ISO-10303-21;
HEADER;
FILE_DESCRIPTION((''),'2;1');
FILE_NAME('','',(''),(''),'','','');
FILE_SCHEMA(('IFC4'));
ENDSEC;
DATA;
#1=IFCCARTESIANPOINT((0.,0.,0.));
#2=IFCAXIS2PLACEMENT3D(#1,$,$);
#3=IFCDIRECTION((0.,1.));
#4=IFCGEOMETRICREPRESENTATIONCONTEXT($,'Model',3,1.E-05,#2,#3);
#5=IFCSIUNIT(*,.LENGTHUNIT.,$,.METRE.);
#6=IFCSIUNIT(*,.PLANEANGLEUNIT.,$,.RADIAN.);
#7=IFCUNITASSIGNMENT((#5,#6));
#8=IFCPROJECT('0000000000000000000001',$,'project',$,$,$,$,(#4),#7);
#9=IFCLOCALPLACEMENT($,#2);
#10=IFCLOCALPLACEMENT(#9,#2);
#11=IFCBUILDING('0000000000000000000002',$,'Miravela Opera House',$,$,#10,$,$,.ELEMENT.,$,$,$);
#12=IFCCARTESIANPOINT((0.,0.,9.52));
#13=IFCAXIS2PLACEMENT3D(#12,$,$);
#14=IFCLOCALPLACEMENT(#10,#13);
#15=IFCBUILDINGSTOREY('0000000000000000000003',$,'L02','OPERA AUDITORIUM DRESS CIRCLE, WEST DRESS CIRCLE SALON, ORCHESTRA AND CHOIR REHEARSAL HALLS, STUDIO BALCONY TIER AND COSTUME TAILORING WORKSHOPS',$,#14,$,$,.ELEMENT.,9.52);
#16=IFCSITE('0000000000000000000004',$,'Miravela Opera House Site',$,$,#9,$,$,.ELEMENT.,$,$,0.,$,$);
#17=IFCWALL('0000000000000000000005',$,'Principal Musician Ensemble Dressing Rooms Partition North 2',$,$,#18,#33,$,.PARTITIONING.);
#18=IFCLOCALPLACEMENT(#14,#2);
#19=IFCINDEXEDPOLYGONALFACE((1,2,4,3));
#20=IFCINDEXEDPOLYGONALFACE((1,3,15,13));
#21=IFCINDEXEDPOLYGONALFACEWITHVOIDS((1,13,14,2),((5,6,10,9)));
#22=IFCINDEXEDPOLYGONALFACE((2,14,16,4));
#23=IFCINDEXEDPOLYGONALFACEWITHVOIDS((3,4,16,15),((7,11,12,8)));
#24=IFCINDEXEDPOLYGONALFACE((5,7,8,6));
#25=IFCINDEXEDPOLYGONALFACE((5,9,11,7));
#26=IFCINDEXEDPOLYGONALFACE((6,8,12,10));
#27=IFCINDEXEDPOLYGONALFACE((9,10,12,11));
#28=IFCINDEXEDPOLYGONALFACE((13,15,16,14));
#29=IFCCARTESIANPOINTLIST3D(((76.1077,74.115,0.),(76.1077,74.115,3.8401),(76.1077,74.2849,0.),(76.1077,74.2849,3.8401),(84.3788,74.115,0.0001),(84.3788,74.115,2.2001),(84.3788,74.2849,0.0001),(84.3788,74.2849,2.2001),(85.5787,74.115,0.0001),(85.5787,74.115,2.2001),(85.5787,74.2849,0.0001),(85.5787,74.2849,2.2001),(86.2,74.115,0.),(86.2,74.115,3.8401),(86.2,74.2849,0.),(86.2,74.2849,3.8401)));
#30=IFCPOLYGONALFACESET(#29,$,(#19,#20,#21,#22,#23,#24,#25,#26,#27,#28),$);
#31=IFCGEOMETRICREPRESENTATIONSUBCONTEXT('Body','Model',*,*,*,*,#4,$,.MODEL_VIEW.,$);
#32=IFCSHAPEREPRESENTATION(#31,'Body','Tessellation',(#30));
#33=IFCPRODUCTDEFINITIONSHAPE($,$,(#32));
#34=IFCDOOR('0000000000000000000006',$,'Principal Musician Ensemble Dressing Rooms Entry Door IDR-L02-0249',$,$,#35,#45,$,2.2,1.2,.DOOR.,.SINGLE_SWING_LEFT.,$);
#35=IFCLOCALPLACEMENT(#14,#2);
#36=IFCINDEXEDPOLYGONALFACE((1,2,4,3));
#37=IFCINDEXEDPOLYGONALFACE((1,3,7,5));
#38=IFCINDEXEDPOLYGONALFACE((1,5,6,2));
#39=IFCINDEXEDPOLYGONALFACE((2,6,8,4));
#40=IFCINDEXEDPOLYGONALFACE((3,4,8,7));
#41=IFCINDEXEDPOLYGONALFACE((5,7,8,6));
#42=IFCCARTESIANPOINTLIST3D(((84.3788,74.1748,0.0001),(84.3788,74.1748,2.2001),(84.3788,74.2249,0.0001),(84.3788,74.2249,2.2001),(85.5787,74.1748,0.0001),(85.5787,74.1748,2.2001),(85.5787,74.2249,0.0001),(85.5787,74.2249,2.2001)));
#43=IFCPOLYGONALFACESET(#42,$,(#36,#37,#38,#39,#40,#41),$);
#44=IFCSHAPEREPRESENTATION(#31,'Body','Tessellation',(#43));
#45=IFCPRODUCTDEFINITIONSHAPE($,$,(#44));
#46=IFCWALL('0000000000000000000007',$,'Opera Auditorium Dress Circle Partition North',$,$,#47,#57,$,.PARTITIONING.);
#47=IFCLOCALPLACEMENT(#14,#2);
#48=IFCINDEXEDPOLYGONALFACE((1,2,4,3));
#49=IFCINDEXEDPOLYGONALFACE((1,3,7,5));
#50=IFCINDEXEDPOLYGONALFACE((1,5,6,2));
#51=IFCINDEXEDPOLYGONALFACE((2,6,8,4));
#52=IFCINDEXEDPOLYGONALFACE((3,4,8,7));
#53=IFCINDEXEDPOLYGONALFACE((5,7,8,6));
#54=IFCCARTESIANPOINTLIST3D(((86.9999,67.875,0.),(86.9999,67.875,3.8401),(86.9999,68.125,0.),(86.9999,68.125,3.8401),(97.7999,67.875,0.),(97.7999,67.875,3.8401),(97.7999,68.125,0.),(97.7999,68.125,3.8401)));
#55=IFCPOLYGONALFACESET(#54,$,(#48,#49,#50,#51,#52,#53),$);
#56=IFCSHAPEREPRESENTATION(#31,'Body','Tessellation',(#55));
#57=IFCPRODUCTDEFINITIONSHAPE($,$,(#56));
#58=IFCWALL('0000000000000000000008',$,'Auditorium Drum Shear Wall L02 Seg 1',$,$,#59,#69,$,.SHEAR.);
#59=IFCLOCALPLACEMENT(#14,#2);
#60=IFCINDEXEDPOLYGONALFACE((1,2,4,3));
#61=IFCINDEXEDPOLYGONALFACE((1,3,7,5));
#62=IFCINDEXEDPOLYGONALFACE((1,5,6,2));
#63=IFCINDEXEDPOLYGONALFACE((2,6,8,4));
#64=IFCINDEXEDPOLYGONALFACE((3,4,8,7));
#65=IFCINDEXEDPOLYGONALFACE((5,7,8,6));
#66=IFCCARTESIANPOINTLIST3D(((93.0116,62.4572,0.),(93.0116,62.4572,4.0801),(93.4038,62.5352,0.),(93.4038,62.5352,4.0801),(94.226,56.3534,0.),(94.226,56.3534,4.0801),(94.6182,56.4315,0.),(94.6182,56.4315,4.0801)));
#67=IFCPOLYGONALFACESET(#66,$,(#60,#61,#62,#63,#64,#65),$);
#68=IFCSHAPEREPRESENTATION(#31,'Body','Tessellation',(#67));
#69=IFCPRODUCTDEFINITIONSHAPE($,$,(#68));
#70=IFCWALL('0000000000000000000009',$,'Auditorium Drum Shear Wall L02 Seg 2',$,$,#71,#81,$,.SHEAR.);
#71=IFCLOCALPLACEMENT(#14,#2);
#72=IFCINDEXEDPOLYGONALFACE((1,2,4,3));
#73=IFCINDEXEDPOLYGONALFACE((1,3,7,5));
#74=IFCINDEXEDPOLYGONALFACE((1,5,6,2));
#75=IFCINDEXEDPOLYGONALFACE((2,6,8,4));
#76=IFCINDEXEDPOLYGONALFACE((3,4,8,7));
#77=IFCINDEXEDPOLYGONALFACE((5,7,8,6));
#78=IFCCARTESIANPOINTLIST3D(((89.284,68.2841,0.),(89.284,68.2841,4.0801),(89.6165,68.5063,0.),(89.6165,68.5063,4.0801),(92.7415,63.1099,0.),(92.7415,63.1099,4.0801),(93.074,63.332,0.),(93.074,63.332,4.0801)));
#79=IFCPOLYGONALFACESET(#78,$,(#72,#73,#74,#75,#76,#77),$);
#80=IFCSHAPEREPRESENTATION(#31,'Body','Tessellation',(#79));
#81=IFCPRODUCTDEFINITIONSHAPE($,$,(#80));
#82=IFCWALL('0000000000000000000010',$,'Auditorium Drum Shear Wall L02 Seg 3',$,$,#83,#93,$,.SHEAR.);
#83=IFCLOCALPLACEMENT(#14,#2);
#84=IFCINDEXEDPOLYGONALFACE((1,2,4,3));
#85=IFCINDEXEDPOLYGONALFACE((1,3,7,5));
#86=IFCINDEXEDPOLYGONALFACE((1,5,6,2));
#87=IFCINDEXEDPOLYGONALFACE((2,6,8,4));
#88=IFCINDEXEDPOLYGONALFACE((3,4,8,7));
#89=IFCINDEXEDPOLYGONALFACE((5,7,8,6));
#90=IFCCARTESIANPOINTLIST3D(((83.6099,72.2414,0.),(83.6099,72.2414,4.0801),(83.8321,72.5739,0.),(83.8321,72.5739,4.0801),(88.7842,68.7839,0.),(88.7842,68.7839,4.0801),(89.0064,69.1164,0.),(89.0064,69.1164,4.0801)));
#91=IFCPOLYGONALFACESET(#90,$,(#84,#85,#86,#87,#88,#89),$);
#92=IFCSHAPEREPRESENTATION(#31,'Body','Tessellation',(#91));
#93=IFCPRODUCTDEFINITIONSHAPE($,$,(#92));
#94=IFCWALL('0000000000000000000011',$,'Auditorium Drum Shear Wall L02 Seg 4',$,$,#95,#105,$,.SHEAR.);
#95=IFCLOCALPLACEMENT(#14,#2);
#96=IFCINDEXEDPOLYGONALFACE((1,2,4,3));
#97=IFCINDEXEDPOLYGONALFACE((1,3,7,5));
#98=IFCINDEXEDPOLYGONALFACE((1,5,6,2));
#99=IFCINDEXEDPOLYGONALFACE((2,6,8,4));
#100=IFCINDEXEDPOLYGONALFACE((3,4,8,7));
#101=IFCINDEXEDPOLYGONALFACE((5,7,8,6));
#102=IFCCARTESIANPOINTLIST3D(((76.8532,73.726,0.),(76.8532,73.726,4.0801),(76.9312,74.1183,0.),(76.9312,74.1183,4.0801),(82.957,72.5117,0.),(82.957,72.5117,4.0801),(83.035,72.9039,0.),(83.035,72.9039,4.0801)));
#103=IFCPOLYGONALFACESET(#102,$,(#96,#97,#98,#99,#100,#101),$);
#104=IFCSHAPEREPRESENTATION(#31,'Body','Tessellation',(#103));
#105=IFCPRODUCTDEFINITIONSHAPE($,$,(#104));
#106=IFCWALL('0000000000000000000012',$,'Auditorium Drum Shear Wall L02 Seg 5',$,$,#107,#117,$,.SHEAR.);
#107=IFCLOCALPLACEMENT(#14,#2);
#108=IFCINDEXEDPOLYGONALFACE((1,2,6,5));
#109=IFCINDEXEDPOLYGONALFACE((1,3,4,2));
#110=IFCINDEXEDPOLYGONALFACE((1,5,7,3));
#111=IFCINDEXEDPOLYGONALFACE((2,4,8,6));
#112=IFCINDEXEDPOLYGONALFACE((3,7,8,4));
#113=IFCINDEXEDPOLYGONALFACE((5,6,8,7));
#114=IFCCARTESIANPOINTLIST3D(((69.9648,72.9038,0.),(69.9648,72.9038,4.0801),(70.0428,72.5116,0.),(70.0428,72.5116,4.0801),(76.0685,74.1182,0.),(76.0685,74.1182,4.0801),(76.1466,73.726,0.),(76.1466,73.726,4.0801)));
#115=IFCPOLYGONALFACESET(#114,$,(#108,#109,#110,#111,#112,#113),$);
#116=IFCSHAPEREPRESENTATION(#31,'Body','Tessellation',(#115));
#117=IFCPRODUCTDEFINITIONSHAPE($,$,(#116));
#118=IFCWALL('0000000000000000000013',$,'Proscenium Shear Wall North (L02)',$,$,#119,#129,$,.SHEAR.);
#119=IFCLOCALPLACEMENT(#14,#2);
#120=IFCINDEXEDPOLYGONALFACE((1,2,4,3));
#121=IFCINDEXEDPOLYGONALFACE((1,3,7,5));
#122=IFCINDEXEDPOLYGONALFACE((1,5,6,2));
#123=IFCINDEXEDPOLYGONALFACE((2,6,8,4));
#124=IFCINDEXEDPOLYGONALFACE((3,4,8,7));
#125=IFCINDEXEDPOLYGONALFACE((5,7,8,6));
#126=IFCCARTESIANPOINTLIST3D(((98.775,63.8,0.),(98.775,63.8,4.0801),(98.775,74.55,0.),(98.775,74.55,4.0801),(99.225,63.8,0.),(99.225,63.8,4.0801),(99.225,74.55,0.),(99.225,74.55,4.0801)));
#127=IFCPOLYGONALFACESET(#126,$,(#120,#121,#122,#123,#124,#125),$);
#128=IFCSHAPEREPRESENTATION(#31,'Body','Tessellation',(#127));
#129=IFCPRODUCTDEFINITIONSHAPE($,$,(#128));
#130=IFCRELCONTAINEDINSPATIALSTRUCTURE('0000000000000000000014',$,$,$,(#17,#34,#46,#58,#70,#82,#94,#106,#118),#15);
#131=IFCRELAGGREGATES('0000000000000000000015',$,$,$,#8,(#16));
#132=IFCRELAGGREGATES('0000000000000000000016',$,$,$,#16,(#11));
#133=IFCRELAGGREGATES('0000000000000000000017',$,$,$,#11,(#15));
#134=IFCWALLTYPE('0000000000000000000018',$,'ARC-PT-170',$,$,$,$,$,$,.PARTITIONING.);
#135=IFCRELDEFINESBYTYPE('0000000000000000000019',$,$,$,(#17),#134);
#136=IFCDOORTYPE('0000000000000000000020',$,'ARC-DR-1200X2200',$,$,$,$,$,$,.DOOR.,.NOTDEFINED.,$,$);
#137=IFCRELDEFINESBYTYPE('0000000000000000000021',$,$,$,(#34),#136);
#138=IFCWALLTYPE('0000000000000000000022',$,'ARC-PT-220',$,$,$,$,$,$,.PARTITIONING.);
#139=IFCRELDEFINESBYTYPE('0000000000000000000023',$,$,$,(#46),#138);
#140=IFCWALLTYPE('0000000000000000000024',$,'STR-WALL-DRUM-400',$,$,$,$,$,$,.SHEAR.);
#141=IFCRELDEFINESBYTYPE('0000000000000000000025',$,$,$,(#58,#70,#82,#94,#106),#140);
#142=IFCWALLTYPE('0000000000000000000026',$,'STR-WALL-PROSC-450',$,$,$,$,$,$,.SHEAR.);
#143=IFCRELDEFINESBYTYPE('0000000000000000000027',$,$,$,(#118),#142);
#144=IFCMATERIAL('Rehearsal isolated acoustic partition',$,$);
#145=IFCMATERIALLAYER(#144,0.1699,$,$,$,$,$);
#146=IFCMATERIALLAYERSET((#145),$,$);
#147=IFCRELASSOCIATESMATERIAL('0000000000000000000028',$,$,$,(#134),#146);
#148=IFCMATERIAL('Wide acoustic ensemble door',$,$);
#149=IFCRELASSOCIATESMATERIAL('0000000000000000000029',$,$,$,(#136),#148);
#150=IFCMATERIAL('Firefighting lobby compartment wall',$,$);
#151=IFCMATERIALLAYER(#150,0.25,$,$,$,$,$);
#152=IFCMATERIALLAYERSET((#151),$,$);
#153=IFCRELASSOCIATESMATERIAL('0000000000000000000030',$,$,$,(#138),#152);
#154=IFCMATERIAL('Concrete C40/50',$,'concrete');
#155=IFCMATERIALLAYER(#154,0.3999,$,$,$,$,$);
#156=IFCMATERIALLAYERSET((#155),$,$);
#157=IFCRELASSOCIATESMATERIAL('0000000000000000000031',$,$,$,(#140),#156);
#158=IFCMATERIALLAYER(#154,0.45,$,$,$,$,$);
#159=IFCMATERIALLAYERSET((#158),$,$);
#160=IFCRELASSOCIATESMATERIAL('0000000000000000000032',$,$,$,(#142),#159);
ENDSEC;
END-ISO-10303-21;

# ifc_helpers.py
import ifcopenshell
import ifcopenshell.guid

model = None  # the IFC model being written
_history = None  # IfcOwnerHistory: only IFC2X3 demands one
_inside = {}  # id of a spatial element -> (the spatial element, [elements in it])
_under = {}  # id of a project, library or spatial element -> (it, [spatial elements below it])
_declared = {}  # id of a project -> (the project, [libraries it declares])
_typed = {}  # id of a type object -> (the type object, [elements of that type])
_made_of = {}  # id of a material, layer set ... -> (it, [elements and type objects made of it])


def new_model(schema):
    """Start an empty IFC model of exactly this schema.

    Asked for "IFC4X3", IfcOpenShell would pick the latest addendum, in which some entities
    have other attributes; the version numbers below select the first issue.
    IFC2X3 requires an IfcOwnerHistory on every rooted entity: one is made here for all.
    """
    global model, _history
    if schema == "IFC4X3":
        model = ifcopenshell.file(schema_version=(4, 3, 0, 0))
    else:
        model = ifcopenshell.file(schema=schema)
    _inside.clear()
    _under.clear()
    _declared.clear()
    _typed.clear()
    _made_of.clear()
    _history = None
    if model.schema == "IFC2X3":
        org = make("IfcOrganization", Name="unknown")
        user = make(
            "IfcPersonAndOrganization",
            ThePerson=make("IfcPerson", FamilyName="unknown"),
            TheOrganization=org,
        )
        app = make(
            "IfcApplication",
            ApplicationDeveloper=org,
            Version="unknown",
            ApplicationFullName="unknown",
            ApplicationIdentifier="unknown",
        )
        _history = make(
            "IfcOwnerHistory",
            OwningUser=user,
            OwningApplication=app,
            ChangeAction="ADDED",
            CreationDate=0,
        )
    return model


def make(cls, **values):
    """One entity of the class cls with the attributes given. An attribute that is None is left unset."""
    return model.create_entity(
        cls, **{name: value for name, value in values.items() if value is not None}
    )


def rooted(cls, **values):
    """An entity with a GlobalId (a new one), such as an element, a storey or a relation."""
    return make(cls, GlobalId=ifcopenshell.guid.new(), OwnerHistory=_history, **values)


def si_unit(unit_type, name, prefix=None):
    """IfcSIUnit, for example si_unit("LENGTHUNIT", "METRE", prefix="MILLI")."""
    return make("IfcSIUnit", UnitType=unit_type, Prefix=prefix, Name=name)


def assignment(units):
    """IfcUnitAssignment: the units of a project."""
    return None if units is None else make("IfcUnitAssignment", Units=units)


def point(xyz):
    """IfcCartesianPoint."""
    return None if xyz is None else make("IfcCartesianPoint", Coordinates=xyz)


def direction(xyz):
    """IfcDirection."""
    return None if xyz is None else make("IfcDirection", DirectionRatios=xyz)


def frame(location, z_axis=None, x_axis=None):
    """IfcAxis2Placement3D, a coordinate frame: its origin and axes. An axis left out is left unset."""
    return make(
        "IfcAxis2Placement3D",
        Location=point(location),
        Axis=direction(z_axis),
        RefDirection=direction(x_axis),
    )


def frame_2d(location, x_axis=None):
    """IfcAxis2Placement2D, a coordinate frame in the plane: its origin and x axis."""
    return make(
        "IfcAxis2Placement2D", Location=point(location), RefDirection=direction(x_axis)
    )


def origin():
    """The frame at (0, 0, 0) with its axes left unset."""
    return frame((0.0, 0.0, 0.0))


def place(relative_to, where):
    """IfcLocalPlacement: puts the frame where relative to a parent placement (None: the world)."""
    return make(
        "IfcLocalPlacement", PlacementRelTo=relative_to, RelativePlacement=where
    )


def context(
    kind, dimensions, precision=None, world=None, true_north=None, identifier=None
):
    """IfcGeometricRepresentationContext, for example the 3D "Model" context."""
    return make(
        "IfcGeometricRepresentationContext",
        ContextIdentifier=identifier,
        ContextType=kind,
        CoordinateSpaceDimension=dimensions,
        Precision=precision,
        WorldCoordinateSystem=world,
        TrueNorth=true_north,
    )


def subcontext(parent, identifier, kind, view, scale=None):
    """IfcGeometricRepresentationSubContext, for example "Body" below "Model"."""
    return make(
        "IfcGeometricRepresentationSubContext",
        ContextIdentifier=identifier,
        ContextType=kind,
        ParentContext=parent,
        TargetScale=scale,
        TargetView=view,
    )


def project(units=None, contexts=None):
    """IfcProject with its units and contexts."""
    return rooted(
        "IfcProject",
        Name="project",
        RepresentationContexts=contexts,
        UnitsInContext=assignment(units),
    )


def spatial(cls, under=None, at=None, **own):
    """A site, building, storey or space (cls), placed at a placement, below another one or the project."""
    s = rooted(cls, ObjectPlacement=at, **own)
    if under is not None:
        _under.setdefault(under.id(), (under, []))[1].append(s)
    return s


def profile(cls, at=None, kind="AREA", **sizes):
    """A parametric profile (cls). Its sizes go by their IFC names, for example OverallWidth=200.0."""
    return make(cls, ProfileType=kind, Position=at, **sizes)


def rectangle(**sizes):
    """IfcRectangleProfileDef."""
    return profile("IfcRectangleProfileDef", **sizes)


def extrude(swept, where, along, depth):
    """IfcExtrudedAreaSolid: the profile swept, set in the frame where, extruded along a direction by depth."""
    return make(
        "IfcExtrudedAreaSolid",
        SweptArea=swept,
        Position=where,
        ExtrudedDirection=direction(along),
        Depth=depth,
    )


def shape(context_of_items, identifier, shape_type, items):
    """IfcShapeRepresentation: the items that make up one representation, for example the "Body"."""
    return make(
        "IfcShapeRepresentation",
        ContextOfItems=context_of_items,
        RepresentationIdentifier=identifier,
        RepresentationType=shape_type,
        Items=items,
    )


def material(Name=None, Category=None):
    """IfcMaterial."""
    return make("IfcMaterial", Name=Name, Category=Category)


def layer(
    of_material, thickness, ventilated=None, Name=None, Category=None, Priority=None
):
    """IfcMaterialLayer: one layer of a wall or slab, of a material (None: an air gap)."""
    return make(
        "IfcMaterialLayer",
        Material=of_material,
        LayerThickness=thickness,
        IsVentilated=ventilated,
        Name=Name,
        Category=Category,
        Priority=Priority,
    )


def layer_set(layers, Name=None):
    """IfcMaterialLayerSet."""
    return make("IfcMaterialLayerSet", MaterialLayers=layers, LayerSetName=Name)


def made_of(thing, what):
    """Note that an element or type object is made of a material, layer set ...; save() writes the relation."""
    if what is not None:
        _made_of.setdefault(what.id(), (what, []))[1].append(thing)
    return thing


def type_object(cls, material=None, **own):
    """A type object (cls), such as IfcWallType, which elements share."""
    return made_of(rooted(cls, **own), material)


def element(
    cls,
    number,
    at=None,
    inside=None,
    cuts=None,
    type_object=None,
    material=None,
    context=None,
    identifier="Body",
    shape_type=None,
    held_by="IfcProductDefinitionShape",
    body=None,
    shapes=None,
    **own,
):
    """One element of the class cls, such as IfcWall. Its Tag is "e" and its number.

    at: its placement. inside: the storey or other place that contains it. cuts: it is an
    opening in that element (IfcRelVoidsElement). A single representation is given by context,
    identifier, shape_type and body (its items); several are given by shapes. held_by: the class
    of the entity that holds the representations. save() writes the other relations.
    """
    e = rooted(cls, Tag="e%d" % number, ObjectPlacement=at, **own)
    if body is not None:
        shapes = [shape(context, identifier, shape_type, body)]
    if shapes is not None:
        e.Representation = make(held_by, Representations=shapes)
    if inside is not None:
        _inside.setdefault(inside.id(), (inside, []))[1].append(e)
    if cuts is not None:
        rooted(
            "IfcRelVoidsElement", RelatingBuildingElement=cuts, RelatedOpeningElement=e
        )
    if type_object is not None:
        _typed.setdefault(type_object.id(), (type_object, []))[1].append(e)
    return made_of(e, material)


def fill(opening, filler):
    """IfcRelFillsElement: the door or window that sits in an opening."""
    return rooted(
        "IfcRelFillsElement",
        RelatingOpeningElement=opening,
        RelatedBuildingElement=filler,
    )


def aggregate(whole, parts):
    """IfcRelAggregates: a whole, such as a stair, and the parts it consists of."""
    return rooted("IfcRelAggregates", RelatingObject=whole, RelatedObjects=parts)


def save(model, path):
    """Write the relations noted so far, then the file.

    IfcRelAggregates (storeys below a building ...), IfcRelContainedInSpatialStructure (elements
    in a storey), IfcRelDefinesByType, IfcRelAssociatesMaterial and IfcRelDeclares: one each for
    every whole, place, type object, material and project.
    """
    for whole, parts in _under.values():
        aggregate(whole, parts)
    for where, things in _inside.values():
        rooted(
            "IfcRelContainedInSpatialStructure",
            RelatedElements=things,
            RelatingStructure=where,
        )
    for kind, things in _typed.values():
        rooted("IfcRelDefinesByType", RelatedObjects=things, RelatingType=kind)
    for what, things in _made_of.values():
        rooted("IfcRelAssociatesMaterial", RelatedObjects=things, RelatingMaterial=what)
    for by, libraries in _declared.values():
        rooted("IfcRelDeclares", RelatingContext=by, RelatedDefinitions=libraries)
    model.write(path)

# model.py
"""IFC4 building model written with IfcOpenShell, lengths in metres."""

from ifc_helpers import new_model, si_unit, direction, frame, frame_2d, origin, place, context, subcontext, project, spatial, rectangle, extrude, material, layer, layer_set, type_object, element, fill, save


model = new_model("IFC4")

# Units and contexts
model_context = context("Model", 3, precision=1e-05, world=origin(), true_north=direction((0.0, 1.0)))
body_context = subcontext(model_context, "Body", "Model", "MODEL_VIEW")
ifc_project = project(units=[si_unit("LENGTHUNIT", "METRE"), si_unit("PLANEANGLEUNIT", "RADIAN")], contexts=[model_context])

# Site, building, storey
site_placement = place(None, origin())
site = spatial("IfcSite", under=ifc_project, at=site_placement, Name="Miravela Opera House Site", CompositionType="ELEMENT", RefElevation=0.0)
building_placement = place(site_placement, origin())
building = spatial("IfcBuilding", under=site, at=building_placement, Name="Miravela Opera House", CompositionType="ELEMENT")
storey_placement = place(building_placement, frame((0.0, 0.0, 9.52)))
storey = spatial("IfcBuildingStorey", under=building, at=storey_placement, Name="L02", Description="OPERA AUDITORIUM DRESS CIRCLE, WEST DRESS CIRCLE SALON, ORCHESTRA AND CHOIR REHEARSAL HALLS, STUDIO BALCONY TIER AND COSTUME TAILORING WORKSHOPS", CompositionType="ELEMENT", Elevation=9.52)

# Shared definitions
ifc_material_1 = material(Name="Concrete C40/50", Category="concrete")

# Wall, opening, door
ifc_material_2 = material(Name="Rehearsal isolated acoustic partition")
ifc_layer_1 = layer(ifc_material_2, 0.1699)
ifc_layer_set_1 = layer_set([ifc_layer_1])
wall_type_1 = type_object("IfcWallType", Name="ARC-PT-170", PredefinedType="PARTITIONING", material=ifc_layer_set_1)
wall_1_placement = place(storey_placement, frame((76.1077, 74.2, 0.0), z_axis=(0.0, 0.0, 1.0), x_axis=(1.0, 0.0, 0.0)))
wall_1 = element("IfcWall", 1, at=wall_1_placement, inside=storey, type_object=wall_type_1, Name="Principal Musician Ensemble Dressing Rooms Partition North 2", PredefinedType="PARTITIONING", context=body_context, shape_type="SweptSolid", body=[
    extrude(rectangle(XDim=10.0923, YDim=0.1699, at=frame_2d((5.0461, 0.0))), origin(), (0.0, 0.0, 1.0), 3.8401),
])
opening_placement = place(wall_1_placement, frame((8.271, 0.0, 0.0)))
opening = element("IfcOpeningElement", 2, at=opening_placement, cuts=wall_1, PredefinedType="OPENING", context=body_context, shape_type="SweptSolid", body=[
    extrude(rectangle(XDim=1.2, YDim=2.2, at=frame_2d((0.6001, 1.1001))), frame((0.0, 0.095, 0.0), z_axis=(0.0, -1.0, 0.0), x_axis=(1.0, 0.0, 0.0)), (0.0, 0.0, 1.0), 0.1899),
])
ifc_material_3 = material(Name="Wide acoustic ensemble door")
door_type = type_object("IfcDoorType", Name="ARC-DR-1200X2200", OperationType="NOTDEFINED", PredefinedType="DOOR", material=ifc_material_3)
door_placement = place(opening_placement, origin())
door = element("IfcDoor", 3, at=door_placement, inside=storey, type_object=door_type, Name="Principal Musician Ensemble Dressing Rooms Entry Door IDR-L02-0249", OperationType="SINGLE_SWING_LEFT", OverallHeight=2.2, OverallWidth=1.2, PredefinedType="DOOR", context=body_context, shape_type="SweptSolid", body=[
    extrude(rectangle(XDim=1.2, YDim=2.2, at=frame_2d((0.6001, 1.1001))), frame((0.0, 0.0249, 0.0), z_axis=(0.0, -1.0, 0.0), x_axis=(1.0, 0.0, 0.0)), (0.0, 0.0, 1.0), 0.05),
])
fill(opening, door)

# Walls
ifc_material_4 = material(Name="Firefighting lobby compartment wall")
ifc_layer_2 = layer(ifc_material_4, 0.25)
ifc_layer_set_2 = layer_set([ifc_layer_2])
wall_type_2 = type_object("IfcWallType", Name="ARC-PT-220", PredefinedType="PARTITIONING", material=ifc_layer_set_2)
wall_2_placement = place(storey_placement, frame((87.0, 68.0, 0.0), z_axis=(0.0, 0.0, 1.0), x_axis=(1.0, 0.0, 0.0)))
element("IfcWall", 4, at=wall_2_placement, inside=storey, type_object=wall_type_2, Name="Opera Auditorium Dress Circle Partition North", PredefinedType="PARTITIONING", context=body_context, shape_type="SweptSolid", body=[
    extrude(rectangle(XDim=10.8, YDim=0.25, at=frame_2d((5.3999, 0.0))), origin(), (0.0, 0.0, 1.0), 3.8401),
])
ifc_layer_3 = layer(ifc_material_1, 0.3999)
ifc_layer_set_3 = layer_set([ifc_layer_3])
wall_type_3 = type_object("IfcWallType", Name="STR-WALL-DRUM-400", PredefinedType="SHEAR", material=ifc_layer_set_3)
wall_3_placement = place(storey_placement, frame((94.4221, 56.3923, 0.0), z_axis=(0.0, 0.0, 1.0), x_axis=(-0.195128, 0.980778, 0.0)))
element("IfcWall", 5, at=wall_3_placement, inside=storey, type_object=wall_type_3, Name="Auditorium Drum Shear Wall L02 Seg 1", PredefinedType="SHEAR", context=body_context, shape_type="SweptSolid", body=[
    extrude(rectangle(XDim=6.2234, YDim=0.3999, at=frame_2d((3.1118, 0.0))), origin(), (0.0, 0.0, 1.0), 4.0801),
])
for number, where, z_axis, x_axis, name in (
    (6, (92.9077, 63.2209, 0.0), (0.0, 0.0, 1.0), (-0.555587, 0.831458, 0.0), "Auditorium Drum Shear Wall L02 Seg 2"),
    (7, (88.8953, 68.9502, 0.0), (0.0, 0.0, 1.0), (-0.831458, 0.555587, 0.0), "Auditorium Drum Shear Wall L02 Seg 3"),
):
    element("IfcWall", number, at=place(storey_placement, frame(where, z_axis=z_axis, x_axis=x_axis)), inside=storey, type_object=wall_type_3, Name=name, PredefinedType="SHEAR", context=body_context, shape_type="SweptSolid", body=[
        extrude(rectangle(XDim=6.2231, YDim=0.3999, at=frame_2d((3.1116, 0.0))), origin(), (0.0, 0.0, 1.0), 4.0801),
    ])
for number, where, z_axis, x_axis, name in (
    (8, (82.9961, 72.7078, 0.0), (0.0, 0.0, 1.0), (-0.980778, 0.195128, 0.0), "Auditorium Drum Shear Wall L02 Seg 4"),
    (9, (76.1077, 73.9221, 0.0), (0.0, 0.0, 1.0), (-0.980778, -0.195128, 0.0), "Auditorium Drum Shear Wall L02 Seg 5"),
):
    element("IfcWall", number, at=place(storey_placement, frame(where, z_axis=z_axis, x_axis=x_axis)), inside=storey, type_object=wall_type_3, Name=name, PredefinedType="SHEAR", context=body_context, shape_type="SweptSolid", body=[
        extrude(rectangle(XDim=6.2234, YDim=0.3999, at=frame_2d((3.1118, 0.0))), origin(), (0.0, 0.0, 1.0), 4.0801),
    ])
ifc_layer_4 = layer(ifc_material_1, 0.45)
ifc_layer_set_4 = layer_set([ifc_layer_4])
wall_type_4 = type_object("IfcWallType", Name="STR-WALL-PROSC-450", PredefinedType="SHEAR", material=ifc_layer_set_4)
wall_4_placement = place(storey_placement, frame((99.0, 63.8, 0.0), z_axis=(0.0, 0.0, 1.0), x_axis=(0.0, 1.0, 0.0)))
element("IfcWall", 10, at=wall_4_placement, inside=storey, type_object=wall_type_4, Name="Proscenium Shear Wall North (L02)", PredefinedType="SHEAR", context=body_context, shape_type="SweptSolid", body=[
    extrude(rectangle(XDim=10.75, YDim=0.45, at=frame_2d((5.375, 0.0))), origin(), (0.0, 0.0, 1.0), 4.0801),
])

save(model, "model.ifc")
